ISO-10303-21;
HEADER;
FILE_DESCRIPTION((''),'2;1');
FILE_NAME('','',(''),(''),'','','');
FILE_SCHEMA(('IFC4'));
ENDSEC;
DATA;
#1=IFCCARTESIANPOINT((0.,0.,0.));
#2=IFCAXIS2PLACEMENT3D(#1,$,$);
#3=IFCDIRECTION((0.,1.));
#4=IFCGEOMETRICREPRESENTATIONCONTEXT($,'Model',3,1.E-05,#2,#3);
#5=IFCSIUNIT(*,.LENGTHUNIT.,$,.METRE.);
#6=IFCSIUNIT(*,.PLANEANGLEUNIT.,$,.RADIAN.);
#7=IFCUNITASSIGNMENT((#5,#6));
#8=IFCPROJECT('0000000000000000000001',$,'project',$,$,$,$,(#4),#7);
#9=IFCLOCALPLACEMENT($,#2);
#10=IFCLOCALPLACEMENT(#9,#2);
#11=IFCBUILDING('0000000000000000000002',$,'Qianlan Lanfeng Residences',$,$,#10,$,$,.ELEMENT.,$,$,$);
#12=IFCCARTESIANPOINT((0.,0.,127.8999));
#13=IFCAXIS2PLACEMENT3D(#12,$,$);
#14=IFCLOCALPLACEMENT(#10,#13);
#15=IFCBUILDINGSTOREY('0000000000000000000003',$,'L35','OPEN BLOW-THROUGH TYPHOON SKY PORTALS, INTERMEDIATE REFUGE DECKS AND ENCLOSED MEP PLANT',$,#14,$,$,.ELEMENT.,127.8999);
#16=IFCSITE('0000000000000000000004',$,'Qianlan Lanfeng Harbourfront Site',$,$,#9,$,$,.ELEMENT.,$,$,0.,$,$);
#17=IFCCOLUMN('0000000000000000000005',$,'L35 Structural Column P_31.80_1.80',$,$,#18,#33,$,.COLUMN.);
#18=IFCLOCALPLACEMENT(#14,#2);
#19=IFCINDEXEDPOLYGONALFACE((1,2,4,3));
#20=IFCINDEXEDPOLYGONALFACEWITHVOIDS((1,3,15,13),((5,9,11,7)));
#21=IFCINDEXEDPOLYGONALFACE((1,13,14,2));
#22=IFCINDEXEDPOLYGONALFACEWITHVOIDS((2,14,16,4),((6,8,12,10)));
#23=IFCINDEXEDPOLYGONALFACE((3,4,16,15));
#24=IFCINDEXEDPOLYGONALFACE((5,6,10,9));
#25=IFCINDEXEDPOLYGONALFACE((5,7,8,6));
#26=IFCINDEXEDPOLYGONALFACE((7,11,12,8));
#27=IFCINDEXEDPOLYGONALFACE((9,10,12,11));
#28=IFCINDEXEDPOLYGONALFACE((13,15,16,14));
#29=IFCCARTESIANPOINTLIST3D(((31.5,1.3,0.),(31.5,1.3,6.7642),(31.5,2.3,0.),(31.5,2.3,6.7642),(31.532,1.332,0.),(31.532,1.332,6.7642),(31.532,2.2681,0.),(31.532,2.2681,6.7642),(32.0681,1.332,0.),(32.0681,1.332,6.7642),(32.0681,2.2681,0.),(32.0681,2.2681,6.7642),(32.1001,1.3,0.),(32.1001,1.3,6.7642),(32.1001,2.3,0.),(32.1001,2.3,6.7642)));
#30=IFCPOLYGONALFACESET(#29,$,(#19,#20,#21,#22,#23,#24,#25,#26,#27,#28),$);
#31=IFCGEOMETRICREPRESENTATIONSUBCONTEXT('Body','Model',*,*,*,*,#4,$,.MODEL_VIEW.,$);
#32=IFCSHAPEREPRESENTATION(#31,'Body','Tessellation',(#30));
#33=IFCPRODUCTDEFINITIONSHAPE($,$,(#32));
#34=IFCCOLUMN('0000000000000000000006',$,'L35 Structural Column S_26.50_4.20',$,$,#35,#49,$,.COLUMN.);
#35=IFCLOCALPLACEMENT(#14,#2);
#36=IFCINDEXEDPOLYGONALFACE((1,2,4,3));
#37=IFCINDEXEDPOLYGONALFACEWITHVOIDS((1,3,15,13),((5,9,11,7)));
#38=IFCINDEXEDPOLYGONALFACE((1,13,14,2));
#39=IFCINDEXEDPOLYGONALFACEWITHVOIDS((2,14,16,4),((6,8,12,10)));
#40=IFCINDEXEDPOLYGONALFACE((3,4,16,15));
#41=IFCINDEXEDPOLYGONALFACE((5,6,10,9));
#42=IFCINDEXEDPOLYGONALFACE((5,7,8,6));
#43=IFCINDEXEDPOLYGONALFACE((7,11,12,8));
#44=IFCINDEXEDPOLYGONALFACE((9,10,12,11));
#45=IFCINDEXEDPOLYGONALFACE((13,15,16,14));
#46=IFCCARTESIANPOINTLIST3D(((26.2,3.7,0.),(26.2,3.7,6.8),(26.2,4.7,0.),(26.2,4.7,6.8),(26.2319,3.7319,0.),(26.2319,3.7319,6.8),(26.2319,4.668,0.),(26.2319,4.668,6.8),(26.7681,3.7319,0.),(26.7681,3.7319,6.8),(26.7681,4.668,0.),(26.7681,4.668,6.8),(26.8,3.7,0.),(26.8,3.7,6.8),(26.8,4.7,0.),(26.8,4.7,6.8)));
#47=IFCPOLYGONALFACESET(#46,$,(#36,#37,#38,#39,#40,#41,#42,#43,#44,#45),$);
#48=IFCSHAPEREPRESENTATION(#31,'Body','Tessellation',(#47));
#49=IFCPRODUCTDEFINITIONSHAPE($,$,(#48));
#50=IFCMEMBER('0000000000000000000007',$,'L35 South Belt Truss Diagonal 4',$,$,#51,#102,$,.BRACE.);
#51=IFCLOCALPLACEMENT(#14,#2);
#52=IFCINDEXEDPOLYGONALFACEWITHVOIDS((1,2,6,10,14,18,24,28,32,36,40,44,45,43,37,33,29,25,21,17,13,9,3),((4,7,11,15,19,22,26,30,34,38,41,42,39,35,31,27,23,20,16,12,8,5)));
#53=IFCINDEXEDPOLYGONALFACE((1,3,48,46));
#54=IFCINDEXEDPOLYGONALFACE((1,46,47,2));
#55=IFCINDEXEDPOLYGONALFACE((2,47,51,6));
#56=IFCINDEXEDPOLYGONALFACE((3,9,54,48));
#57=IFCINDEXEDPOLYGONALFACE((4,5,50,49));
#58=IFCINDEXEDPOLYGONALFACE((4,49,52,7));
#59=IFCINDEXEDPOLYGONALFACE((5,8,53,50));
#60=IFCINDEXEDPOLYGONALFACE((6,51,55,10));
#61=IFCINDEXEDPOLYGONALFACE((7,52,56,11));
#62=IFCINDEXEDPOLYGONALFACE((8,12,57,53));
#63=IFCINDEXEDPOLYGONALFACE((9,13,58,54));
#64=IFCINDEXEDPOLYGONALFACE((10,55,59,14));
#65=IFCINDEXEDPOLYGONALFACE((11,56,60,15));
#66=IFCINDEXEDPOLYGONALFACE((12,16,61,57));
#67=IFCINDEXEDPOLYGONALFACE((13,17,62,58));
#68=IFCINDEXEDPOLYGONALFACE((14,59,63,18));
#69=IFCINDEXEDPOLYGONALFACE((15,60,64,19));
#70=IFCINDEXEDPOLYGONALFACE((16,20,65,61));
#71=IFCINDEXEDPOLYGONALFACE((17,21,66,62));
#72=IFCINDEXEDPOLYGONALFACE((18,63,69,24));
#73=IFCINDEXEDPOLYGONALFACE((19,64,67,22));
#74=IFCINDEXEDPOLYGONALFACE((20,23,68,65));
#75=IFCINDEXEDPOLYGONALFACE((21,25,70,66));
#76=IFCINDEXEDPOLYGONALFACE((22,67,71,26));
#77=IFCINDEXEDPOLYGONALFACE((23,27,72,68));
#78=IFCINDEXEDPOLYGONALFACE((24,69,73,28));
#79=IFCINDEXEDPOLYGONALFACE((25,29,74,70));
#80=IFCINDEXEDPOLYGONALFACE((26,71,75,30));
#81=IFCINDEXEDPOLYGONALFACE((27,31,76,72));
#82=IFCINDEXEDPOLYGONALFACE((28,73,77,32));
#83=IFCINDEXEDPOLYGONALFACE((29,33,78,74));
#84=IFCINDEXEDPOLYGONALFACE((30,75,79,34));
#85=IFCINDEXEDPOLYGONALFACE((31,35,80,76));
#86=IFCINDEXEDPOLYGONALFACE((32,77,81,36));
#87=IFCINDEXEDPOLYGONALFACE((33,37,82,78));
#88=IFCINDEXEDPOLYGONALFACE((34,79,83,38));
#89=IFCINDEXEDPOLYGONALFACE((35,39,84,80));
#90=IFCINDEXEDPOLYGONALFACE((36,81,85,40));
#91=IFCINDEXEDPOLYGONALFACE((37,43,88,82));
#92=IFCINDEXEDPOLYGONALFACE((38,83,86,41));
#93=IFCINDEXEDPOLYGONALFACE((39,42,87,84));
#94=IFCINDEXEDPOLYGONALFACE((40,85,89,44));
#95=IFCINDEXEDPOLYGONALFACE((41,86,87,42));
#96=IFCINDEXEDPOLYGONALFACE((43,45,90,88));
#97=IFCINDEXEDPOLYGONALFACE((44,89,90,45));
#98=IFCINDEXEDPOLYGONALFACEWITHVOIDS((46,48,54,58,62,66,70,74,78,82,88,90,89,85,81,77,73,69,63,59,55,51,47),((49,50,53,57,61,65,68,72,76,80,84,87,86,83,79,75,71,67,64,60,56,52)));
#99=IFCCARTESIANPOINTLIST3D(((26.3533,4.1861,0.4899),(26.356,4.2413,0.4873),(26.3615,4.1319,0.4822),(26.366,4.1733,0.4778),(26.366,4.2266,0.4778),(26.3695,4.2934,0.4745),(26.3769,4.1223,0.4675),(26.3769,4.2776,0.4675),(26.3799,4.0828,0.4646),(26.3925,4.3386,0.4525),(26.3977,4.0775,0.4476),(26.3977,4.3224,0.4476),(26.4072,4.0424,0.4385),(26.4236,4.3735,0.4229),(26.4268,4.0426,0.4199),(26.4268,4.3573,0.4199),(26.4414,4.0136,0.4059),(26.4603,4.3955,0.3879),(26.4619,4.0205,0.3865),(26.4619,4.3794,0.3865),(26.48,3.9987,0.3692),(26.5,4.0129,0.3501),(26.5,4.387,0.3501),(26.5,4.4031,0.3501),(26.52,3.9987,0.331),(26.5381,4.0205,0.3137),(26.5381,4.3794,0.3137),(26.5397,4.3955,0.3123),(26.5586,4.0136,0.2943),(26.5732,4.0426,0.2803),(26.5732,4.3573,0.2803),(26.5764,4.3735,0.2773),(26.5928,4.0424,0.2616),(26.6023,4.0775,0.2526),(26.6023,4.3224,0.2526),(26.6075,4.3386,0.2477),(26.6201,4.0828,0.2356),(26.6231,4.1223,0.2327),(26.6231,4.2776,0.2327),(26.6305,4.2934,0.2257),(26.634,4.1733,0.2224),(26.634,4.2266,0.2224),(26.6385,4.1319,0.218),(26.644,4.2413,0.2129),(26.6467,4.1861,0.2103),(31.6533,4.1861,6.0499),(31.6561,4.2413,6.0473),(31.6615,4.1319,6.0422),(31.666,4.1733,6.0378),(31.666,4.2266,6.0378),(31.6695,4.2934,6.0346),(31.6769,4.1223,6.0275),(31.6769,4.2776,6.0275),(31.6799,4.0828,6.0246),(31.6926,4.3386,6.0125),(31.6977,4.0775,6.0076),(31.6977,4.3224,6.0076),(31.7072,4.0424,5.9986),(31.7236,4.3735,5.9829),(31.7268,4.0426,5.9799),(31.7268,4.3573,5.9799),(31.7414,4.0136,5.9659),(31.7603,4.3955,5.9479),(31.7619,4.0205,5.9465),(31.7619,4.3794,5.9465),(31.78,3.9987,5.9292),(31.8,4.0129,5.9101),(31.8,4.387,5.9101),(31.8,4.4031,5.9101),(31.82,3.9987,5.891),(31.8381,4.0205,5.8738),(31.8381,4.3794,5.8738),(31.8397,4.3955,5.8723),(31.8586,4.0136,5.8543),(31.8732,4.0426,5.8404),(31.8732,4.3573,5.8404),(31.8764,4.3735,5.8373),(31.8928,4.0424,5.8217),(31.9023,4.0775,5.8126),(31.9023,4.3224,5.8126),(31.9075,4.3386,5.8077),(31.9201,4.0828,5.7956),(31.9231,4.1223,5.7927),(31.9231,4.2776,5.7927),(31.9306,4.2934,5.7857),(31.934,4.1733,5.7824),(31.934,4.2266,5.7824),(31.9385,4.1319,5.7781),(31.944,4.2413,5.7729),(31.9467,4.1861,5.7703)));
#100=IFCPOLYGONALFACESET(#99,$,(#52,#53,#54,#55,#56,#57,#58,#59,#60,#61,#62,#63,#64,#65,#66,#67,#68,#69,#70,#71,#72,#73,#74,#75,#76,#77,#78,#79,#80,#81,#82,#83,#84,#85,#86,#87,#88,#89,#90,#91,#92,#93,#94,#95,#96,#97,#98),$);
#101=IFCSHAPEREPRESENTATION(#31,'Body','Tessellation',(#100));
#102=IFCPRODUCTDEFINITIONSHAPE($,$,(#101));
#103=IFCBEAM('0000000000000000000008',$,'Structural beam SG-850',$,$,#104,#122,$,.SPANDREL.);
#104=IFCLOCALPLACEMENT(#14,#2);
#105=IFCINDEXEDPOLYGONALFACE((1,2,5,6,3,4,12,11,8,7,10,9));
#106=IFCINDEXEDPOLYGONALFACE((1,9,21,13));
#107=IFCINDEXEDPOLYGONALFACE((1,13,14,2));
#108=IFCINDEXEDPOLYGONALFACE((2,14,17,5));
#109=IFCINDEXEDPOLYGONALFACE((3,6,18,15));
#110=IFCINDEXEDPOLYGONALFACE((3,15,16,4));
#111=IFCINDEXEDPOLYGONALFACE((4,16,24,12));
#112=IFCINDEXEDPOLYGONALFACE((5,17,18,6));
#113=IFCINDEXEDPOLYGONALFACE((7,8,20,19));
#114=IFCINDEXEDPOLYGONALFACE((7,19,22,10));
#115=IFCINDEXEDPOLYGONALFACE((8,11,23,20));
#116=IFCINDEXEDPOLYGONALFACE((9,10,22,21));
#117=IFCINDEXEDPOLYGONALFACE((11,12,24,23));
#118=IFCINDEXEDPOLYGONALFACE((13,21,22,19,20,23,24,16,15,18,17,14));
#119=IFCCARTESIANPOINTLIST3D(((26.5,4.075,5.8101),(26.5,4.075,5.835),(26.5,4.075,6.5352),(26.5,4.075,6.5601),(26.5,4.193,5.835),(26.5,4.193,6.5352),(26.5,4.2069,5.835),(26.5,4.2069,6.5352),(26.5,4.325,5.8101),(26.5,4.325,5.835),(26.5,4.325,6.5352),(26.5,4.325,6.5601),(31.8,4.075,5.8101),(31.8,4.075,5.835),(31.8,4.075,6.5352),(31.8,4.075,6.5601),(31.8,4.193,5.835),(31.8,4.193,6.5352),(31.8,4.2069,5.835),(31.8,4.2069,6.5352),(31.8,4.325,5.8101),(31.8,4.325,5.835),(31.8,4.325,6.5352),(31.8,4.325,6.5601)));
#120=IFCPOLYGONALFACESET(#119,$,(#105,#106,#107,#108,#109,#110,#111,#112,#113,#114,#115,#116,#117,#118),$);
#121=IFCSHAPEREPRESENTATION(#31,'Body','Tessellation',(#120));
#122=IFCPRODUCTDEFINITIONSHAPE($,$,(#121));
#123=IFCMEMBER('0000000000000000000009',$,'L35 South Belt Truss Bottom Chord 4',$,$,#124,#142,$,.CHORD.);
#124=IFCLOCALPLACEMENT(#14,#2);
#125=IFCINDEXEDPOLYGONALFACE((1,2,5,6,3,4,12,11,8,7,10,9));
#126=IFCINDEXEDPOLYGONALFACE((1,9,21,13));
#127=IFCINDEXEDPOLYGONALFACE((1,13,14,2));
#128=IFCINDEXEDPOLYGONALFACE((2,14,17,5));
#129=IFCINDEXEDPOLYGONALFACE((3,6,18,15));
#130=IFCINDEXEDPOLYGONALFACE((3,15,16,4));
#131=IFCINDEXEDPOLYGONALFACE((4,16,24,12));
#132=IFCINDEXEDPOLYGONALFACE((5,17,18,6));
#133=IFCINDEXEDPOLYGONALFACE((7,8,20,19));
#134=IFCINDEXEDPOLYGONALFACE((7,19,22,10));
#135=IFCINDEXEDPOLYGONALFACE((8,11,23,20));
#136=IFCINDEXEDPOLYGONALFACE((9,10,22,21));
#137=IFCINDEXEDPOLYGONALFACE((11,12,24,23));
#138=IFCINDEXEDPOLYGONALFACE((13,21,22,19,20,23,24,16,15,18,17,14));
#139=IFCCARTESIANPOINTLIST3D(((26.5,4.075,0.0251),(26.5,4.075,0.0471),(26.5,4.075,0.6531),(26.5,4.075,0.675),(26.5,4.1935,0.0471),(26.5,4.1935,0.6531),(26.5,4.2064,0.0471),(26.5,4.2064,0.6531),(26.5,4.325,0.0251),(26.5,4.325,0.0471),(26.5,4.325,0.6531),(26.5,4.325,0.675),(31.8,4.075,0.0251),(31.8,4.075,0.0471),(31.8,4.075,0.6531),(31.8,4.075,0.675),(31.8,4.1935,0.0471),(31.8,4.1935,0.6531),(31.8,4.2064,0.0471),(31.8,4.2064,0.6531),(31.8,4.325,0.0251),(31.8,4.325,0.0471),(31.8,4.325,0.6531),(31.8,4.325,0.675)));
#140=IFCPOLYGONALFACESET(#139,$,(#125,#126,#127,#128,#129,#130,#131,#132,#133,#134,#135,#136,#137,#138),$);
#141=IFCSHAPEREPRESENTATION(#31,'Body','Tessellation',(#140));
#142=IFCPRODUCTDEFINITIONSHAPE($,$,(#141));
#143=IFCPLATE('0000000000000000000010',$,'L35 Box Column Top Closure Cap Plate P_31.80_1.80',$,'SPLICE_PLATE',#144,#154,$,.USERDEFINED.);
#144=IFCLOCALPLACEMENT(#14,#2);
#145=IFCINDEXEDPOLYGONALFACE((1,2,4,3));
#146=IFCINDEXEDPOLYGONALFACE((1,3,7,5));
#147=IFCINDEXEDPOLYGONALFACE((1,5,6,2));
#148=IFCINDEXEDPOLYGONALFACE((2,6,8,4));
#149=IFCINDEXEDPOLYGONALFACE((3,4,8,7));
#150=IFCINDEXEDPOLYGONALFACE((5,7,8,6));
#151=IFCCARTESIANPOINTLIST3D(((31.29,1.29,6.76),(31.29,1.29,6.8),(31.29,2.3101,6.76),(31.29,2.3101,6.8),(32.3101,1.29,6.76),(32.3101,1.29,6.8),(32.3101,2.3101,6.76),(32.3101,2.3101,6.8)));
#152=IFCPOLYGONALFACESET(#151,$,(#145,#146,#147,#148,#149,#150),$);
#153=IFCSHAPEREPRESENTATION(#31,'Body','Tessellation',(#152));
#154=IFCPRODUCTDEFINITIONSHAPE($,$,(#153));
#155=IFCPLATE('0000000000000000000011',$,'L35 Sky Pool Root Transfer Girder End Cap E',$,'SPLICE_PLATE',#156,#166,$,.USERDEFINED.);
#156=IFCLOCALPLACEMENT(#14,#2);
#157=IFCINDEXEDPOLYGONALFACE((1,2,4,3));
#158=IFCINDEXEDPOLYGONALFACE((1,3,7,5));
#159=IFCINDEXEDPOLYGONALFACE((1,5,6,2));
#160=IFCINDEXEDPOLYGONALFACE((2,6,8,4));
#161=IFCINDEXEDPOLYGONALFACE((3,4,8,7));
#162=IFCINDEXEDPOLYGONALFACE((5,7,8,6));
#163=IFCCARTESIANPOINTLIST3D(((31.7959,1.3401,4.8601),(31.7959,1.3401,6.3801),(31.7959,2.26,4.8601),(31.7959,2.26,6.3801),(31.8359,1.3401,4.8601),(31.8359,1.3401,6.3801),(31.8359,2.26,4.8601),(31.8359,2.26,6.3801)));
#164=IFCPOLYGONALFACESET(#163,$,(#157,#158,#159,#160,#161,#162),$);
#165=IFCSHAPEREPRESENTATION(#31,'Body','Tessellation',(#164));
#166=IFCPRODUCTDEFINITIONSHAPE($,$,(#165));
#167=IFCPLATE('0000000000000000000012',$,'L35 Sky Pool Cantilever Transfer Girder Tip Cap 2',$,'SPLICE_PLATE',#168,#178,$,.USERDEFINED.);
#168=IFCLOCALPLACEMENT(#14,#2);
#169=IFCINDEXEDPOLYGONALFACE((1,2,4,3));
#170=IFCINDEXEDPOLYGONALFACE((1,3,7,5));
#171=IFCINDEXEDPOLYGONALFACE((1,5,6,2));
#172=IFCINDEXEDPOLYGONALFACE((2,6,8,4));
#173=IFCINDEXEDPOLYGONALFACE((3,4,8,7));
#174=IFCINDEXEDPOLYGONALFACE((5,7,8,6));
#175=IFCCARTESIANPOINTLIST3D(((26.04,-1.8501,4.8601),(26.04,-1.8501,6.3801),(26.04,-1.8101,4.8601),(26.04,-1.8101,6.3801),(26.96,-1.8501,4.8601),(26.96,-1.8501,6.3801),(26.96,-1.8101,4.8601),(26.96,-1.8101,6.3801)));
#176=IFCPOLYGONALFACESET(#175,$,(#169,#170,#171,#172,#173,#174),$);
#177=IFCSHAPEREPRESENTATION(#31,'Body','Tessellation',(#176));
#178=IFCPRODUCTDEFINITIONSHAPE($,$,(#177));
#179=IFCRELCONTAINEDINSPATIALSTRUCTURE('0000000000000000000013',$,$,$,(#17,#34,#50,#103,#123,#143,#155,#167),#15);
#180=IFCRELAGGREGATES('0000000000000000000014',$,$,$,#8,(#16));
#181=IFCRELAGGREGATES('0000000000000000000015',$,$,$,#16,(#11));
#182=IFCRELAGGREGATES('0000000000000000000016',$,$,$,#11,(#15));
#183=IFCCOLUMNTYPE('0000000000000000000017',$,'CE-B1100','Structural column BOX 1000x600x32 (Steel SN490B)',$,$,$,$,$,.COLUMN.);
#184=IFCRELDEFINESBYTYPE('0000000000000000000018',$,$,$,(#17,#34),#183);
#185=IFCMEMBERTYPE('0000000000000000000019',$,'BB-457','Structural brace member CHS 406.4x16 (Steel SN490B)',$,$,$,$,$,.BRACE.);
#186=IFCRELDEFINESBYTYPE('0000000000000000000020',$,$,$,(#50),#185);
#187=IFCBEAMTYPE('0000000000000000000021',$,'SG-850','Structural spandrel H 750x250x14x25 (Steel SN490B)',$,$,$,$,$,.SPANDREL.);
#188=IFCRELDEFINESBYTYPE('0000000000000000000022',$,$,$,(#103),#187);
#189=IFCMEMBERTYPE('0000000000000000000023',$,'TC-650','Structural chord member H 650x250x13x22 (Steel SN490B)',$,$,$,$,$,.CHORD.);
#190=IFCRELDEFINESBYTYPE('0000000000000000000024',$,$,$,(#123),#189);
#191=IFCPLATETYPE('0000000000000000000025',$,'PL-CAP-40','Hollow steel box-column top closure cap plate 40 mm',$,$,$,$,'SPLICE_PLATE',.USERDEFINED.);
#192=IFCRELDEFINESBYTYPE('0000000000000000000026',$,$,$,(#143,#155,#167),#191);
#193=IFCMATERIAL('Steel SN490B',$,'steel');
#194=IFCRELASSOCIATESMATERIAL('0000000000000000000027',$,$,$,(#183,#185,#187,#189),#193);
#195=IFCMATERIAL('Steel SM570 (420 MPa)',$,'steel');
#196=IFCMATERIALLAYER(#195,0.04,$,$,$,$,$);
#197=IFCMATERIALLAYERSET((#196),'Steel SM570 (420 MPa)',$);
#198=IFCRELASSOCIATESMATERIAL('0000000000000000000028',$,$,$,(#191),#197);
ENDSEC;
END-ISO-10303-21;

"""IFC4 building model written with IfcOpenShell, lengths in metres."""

from ifc_helpers import new_model, si_unit, direction, frame, origin, origin_2d, place, context, subcontext, project, spatial, rectangle, hollow_rectangle, hollow_circle, i_section, extrude, source, transform, mapped, material, layer, layer_set, material_profile, profile_set, type_object, element, save


model = new_model("IFC4")

# Units and contexts
model_context = context("Model", 3, precision=1e-05, world=origin(), true_north=direction((0.0, 1.0)))
body_context = subcontext(model_context, "Body", "Model", "MODEL_VIEW")
ifc_project = project(units=[si_unit("LENGTHUNIT", "METRE"), si_unit("PLANEANGLEUNIT", "RADIAN")], contexts=[model_context])

# Site, building, storey
site_placement = place(None, origin())
site = spatial("IfcSite", under=ifc_project, at=site_placement, Name="Qianlan Lanfeng Harbourfront Site", CompositionType="ELEMENT", RefElevation=0.0)
building_placement = place(site_placement, origin())
building = spatial("IfcBuilding", under=site, at=building_placement, Name="Qianlan Lanfeng Residences", CompositionType="ELEMENT")
storey_placement = place(building_placement, frame((0.0, 0.0, 127.8999)))
storey = spatial("IfcBuildingStorey", under=building, at=storey_placement, Name="L35", Description="OPEN BLOW-THROUGH TYPHOON SKY PORTALS, INTERMEDIATE REFUGE DECKS AND ENCLOSED MEP PLANT", CompositionType="ELEMENT", Elevation=127.8999)

# Columns
ifc_material_1 = material(Name="Steel SN490B", Category="steel")
ifc_material_profile_1 = material_profile(ifc_material_1, hollow_rectangle(XDim=0.6001, YDim=1.0, WallThickness=0.032, at=origin_2d()), Name="BOX 1000x600x32")
ifc_profile_set_1 = profile_set([ifc_material_profile_1], Name="Steel SN490B")
column_type = type_object("IfcColumnType", Name="CE-B1100", Description="Structural column BOX 1000x600x32 (Steel SN490B)", PredefinedType="COLUMN", material=ifc_profile_set_1)
column_1_placement = place(storey_placement, frame((31.8, 1.8, 0.0), z_axis=(0.0, 0.0, 1.0), x_axis=(1.0, 0.0, 0.0)))
element("IfcColumn", 1, at=column_1_placement, inside=storey, type_object=column_type, Name="L35 Structural Column P_31.80_1.80", PredefinedType="COLUMN", context=body_context, shape_type="SweptSolid", body=[
    extrude(hollow_rectangle(XDim=0.6001, YDim=1.0, WallThickness=0.032, at=origin_2d()), origin(), (0.0, 0.0, 1.0), 6.7642),
])
column_2_placement = place(storey_placement, frame((26.5, 4.2, 0.0), z_axis=(0.0, 0.0, 1.0), x_axis=(1.0, 0.0, 0.0)))
element("IfcColumn", 2, at=column_2_placement, inside=storey, type_object=column_type, Name="L35 Structural Column S_26.50_4.20", PredefinedType="COLUMN", context=body_context, shape_type="SweptSolid", body=[
    extrude(hollow_rectangle(XDim=0.6001, YDim=1.0, WallThickness=0.032, at=origin_2d()), origin(), (0.0, 0.0, 1.0), 6.8),
])

# Member
ifc_material_profile_2 = material_profile(ifc_material_1, hollow_circle(Radius=0.2031, WallThickness=0.0161, at=origin_2d()), Name="CHS 406.4x16")
ifc_profile_set_2 = profile_set([ifc_material_profile_2], Name="Steel SN490B")
member_type_1 = type_object("IfcMemberType", Name="BB-457", Description="Structural brace member CHS 406.4x16 (Steel SN490B)", PredefinedType="BRACE", material=ifc_profile_set_2)
member_1_placement = place(storey_placement, frame((26.5, 4.2, 0.3501), z_axis=(0.68998, 0.0, 0.723829), x_axis=(0.0, 1.0, 0.0)))
element("IfcMember", 3, at=member_1_placement, inside=storey, type_object=member_type_1, Name="L35 South Belt Truss Diagonal 4", PredefinedType="BRACE", context=body_context, shape_type="SweptSolid", body=[
    extrude(hollow_circle(Radius=0.2031, WallThickness=0.0161, at=origin_2d()), origin(), (0.0, 0.0, 1.0), 7.6814),
])

# Beam
ifc_material_profile_3 = material_profile(ifc_material_1, i_section(OverallWidth=0.25, OverallDepth=0.75, WebThickness=0.0139, FlangeThickness=0.0249, at=origin_2d()), Name="H 750x250x14x25")
ifc_profile_set_3 = profile_set([ifc_material_profile_3], Name="Steel SN490B")
beam_type = type_object("IfcBeamType", Name="SG-850", Description="Structural spandrel H 750x250x14x25 (Steel SN490B)", PredefinedType="SPANDREL", material=ifc_profile_set_3)
beam_placement = place(storey_placement, frame((26.5, 4.2, 6.1851), z_axis=(1.0, 0.0, 0.0), x_axis=(0.0, 1.0, 0.0)))
element("IfcBeam", 4, at=beam_placement, inside=storey, type_object=beam_type, Name="Structural beam SG-850", PredefinedType="SPANDREL", context=body_context, shape_type="SweptSolid", body=[
    extrude(i_section(OverallWidth=0.25, OverallDepth=0.75, WebThickness=0.0139, FlangeThickness=0.0249, at=origin_2d()), origin(), (0.0, 0.0, 1.0), 5.3),
])

# Member
ifc_material_profile_4 = material_profile(ifc_material_1, i_section(OverallWidth=0.25, OverallDepth=0.6499, WebThickness=0.0129, FlangeThickness=0.022, at=origin_2d()), Name="H 650x250x13x22")
ifc_profile_set_4 = profile_set([ifc_material_profile_4], Name="Steel SN490B")
member_type_2 = type_object("IfcMemberType", Name="TC-650", Description="Structural chord member H 650x250x13x22 (Steel SN490B)", PredefinedType="CHORD", material=ifc_profile_set_4)
member_2_placement = place(storey_placement, frame((26.5, 4.2, 0.3501), z_axis=(1.0, 0.0, 0.0), x_axis=(0.0, 1.0, 0.0)))
element("IfcMember", 5, at=member_2_placement, inside=storey, type_object=member_type_2, Name="L35 South Belt Truss Bottom Chord 4", PredefinedType="CHORD", context=body_context, shape_type="SweptSolid", body=[
    extrude(i_section(OverallWidth=0.25, OverallDepth=0.6499, WebThickness=0.0129, FlangeThickness=0.022, at=origin_2d()), origin(), (0.0, 0.0, 1.0), 5.3),
])

# Plates
ifc_material_2 = material(Name="Steel SM570 (420 MPa)", Category="steel")
ifc_layer_1 = layer(ifc_material_2, 0.04)
ifc_layer_set_1 = layer_set([ifc_layer_1], Name="Steel SM570 (420 MPa)")
plate_type_1 = type_object("IfcPlateType", Name="PL-CAP-40", Description="Hollow steel box-column top closure cap plate 40 mm", ElementType="SPLICE_PLATE", PredefinedType="USERDEFINED", material=ifc_layer_set_1)
shared_shape_1 = source(origin(), body_context, "Body", "SweptSolid", [
    extrude(rectangle(XDim=1.02, YDim=1.02, at=origin_2d()), origin(), (0.0, 0.0, 1.0), 0.04),
])
plate_1_placement = place(storey_placement, frame((31.8, 1.8, 6.76), z_axis=(0.0, 0.0, 1.0), x_axis=(1.0, 0.0, 0.0)))
element("IfcPlate", 6, at=plate_1_placement, inside=storey, type_object=plate_type_1, Name="L35 Box Column Top Closure Cap Plate P_31.80_1.80", ObjectType="SPLICE_PLATE", PredefinedType="USERDEFINED", context=body_context, shape_type="MappedRepresentation", body=[
    mapped(shared_shape_1, transform((0.0, 0.0, 0.0), scale=1.0)),
])
shared_shape_2 = source(origin(), body_context, "Body", "SweptSolid", [
    extrude(rectangle(XDim=0.04, YDim=0.9199, at=origin_2d()), origin(), (0.0, 0.0, 1.0), 1.52),
])
plate_2_placement = place(storey_placement, frame((31.8159, 1.8, 4.8601), z_axis=(0.0, 0.0, 1.0), x_axis=(1.0, 0.0, 0.0)))
element("IfcPlate", 7, at=plate_2_placement, inside=storey, type_object=plate_type_1, Name="L35 Sky Pool Root Transfer Girder End Cap E", ObjectType="SPLICE_PLATE", PredefinedType="USERDEFINED", context=body_context, shape_type="MappedRepresentation", body=[
    mapped(shared_shape_2, transform((0.0, 0.0, 0.0), scale=1.0)),
])
shared_shape_3 = source(origin(), body_context, "Body", "SweptSolid", [
    extrude(rectangle(XDim=0.9199, YDim=0.04, at=origin_2d()), origin(), (0.0, 0.0, 1.0), 1.52),
])
for number, where, z_axis, x_axis, name in (
    (8, (26.5, -1.8301, 4.8601), (0.0, 0.0, 1.0), (1.0, 0.0, 0.0), "L35 Sky Pool Cantilever Transfer Girder Tip Cap 2"),
):
    element("IfcPlate", number, at=place(storey_placement, frame(where, z_axis=z_axis, x_axis=x_axis)), inside=storey, type_object=plate_type_1, Name=name, ObjectType="SPLICE_PLATE", PredefinedType="USERDEFINED", context=body_context, shape_type="MappedRepresentation", body=[
        mapped(shared_shape_3, transform((0.0, 0.0, 0.0), scale=1.0)),
    ])

save(model, "model.ifc")
